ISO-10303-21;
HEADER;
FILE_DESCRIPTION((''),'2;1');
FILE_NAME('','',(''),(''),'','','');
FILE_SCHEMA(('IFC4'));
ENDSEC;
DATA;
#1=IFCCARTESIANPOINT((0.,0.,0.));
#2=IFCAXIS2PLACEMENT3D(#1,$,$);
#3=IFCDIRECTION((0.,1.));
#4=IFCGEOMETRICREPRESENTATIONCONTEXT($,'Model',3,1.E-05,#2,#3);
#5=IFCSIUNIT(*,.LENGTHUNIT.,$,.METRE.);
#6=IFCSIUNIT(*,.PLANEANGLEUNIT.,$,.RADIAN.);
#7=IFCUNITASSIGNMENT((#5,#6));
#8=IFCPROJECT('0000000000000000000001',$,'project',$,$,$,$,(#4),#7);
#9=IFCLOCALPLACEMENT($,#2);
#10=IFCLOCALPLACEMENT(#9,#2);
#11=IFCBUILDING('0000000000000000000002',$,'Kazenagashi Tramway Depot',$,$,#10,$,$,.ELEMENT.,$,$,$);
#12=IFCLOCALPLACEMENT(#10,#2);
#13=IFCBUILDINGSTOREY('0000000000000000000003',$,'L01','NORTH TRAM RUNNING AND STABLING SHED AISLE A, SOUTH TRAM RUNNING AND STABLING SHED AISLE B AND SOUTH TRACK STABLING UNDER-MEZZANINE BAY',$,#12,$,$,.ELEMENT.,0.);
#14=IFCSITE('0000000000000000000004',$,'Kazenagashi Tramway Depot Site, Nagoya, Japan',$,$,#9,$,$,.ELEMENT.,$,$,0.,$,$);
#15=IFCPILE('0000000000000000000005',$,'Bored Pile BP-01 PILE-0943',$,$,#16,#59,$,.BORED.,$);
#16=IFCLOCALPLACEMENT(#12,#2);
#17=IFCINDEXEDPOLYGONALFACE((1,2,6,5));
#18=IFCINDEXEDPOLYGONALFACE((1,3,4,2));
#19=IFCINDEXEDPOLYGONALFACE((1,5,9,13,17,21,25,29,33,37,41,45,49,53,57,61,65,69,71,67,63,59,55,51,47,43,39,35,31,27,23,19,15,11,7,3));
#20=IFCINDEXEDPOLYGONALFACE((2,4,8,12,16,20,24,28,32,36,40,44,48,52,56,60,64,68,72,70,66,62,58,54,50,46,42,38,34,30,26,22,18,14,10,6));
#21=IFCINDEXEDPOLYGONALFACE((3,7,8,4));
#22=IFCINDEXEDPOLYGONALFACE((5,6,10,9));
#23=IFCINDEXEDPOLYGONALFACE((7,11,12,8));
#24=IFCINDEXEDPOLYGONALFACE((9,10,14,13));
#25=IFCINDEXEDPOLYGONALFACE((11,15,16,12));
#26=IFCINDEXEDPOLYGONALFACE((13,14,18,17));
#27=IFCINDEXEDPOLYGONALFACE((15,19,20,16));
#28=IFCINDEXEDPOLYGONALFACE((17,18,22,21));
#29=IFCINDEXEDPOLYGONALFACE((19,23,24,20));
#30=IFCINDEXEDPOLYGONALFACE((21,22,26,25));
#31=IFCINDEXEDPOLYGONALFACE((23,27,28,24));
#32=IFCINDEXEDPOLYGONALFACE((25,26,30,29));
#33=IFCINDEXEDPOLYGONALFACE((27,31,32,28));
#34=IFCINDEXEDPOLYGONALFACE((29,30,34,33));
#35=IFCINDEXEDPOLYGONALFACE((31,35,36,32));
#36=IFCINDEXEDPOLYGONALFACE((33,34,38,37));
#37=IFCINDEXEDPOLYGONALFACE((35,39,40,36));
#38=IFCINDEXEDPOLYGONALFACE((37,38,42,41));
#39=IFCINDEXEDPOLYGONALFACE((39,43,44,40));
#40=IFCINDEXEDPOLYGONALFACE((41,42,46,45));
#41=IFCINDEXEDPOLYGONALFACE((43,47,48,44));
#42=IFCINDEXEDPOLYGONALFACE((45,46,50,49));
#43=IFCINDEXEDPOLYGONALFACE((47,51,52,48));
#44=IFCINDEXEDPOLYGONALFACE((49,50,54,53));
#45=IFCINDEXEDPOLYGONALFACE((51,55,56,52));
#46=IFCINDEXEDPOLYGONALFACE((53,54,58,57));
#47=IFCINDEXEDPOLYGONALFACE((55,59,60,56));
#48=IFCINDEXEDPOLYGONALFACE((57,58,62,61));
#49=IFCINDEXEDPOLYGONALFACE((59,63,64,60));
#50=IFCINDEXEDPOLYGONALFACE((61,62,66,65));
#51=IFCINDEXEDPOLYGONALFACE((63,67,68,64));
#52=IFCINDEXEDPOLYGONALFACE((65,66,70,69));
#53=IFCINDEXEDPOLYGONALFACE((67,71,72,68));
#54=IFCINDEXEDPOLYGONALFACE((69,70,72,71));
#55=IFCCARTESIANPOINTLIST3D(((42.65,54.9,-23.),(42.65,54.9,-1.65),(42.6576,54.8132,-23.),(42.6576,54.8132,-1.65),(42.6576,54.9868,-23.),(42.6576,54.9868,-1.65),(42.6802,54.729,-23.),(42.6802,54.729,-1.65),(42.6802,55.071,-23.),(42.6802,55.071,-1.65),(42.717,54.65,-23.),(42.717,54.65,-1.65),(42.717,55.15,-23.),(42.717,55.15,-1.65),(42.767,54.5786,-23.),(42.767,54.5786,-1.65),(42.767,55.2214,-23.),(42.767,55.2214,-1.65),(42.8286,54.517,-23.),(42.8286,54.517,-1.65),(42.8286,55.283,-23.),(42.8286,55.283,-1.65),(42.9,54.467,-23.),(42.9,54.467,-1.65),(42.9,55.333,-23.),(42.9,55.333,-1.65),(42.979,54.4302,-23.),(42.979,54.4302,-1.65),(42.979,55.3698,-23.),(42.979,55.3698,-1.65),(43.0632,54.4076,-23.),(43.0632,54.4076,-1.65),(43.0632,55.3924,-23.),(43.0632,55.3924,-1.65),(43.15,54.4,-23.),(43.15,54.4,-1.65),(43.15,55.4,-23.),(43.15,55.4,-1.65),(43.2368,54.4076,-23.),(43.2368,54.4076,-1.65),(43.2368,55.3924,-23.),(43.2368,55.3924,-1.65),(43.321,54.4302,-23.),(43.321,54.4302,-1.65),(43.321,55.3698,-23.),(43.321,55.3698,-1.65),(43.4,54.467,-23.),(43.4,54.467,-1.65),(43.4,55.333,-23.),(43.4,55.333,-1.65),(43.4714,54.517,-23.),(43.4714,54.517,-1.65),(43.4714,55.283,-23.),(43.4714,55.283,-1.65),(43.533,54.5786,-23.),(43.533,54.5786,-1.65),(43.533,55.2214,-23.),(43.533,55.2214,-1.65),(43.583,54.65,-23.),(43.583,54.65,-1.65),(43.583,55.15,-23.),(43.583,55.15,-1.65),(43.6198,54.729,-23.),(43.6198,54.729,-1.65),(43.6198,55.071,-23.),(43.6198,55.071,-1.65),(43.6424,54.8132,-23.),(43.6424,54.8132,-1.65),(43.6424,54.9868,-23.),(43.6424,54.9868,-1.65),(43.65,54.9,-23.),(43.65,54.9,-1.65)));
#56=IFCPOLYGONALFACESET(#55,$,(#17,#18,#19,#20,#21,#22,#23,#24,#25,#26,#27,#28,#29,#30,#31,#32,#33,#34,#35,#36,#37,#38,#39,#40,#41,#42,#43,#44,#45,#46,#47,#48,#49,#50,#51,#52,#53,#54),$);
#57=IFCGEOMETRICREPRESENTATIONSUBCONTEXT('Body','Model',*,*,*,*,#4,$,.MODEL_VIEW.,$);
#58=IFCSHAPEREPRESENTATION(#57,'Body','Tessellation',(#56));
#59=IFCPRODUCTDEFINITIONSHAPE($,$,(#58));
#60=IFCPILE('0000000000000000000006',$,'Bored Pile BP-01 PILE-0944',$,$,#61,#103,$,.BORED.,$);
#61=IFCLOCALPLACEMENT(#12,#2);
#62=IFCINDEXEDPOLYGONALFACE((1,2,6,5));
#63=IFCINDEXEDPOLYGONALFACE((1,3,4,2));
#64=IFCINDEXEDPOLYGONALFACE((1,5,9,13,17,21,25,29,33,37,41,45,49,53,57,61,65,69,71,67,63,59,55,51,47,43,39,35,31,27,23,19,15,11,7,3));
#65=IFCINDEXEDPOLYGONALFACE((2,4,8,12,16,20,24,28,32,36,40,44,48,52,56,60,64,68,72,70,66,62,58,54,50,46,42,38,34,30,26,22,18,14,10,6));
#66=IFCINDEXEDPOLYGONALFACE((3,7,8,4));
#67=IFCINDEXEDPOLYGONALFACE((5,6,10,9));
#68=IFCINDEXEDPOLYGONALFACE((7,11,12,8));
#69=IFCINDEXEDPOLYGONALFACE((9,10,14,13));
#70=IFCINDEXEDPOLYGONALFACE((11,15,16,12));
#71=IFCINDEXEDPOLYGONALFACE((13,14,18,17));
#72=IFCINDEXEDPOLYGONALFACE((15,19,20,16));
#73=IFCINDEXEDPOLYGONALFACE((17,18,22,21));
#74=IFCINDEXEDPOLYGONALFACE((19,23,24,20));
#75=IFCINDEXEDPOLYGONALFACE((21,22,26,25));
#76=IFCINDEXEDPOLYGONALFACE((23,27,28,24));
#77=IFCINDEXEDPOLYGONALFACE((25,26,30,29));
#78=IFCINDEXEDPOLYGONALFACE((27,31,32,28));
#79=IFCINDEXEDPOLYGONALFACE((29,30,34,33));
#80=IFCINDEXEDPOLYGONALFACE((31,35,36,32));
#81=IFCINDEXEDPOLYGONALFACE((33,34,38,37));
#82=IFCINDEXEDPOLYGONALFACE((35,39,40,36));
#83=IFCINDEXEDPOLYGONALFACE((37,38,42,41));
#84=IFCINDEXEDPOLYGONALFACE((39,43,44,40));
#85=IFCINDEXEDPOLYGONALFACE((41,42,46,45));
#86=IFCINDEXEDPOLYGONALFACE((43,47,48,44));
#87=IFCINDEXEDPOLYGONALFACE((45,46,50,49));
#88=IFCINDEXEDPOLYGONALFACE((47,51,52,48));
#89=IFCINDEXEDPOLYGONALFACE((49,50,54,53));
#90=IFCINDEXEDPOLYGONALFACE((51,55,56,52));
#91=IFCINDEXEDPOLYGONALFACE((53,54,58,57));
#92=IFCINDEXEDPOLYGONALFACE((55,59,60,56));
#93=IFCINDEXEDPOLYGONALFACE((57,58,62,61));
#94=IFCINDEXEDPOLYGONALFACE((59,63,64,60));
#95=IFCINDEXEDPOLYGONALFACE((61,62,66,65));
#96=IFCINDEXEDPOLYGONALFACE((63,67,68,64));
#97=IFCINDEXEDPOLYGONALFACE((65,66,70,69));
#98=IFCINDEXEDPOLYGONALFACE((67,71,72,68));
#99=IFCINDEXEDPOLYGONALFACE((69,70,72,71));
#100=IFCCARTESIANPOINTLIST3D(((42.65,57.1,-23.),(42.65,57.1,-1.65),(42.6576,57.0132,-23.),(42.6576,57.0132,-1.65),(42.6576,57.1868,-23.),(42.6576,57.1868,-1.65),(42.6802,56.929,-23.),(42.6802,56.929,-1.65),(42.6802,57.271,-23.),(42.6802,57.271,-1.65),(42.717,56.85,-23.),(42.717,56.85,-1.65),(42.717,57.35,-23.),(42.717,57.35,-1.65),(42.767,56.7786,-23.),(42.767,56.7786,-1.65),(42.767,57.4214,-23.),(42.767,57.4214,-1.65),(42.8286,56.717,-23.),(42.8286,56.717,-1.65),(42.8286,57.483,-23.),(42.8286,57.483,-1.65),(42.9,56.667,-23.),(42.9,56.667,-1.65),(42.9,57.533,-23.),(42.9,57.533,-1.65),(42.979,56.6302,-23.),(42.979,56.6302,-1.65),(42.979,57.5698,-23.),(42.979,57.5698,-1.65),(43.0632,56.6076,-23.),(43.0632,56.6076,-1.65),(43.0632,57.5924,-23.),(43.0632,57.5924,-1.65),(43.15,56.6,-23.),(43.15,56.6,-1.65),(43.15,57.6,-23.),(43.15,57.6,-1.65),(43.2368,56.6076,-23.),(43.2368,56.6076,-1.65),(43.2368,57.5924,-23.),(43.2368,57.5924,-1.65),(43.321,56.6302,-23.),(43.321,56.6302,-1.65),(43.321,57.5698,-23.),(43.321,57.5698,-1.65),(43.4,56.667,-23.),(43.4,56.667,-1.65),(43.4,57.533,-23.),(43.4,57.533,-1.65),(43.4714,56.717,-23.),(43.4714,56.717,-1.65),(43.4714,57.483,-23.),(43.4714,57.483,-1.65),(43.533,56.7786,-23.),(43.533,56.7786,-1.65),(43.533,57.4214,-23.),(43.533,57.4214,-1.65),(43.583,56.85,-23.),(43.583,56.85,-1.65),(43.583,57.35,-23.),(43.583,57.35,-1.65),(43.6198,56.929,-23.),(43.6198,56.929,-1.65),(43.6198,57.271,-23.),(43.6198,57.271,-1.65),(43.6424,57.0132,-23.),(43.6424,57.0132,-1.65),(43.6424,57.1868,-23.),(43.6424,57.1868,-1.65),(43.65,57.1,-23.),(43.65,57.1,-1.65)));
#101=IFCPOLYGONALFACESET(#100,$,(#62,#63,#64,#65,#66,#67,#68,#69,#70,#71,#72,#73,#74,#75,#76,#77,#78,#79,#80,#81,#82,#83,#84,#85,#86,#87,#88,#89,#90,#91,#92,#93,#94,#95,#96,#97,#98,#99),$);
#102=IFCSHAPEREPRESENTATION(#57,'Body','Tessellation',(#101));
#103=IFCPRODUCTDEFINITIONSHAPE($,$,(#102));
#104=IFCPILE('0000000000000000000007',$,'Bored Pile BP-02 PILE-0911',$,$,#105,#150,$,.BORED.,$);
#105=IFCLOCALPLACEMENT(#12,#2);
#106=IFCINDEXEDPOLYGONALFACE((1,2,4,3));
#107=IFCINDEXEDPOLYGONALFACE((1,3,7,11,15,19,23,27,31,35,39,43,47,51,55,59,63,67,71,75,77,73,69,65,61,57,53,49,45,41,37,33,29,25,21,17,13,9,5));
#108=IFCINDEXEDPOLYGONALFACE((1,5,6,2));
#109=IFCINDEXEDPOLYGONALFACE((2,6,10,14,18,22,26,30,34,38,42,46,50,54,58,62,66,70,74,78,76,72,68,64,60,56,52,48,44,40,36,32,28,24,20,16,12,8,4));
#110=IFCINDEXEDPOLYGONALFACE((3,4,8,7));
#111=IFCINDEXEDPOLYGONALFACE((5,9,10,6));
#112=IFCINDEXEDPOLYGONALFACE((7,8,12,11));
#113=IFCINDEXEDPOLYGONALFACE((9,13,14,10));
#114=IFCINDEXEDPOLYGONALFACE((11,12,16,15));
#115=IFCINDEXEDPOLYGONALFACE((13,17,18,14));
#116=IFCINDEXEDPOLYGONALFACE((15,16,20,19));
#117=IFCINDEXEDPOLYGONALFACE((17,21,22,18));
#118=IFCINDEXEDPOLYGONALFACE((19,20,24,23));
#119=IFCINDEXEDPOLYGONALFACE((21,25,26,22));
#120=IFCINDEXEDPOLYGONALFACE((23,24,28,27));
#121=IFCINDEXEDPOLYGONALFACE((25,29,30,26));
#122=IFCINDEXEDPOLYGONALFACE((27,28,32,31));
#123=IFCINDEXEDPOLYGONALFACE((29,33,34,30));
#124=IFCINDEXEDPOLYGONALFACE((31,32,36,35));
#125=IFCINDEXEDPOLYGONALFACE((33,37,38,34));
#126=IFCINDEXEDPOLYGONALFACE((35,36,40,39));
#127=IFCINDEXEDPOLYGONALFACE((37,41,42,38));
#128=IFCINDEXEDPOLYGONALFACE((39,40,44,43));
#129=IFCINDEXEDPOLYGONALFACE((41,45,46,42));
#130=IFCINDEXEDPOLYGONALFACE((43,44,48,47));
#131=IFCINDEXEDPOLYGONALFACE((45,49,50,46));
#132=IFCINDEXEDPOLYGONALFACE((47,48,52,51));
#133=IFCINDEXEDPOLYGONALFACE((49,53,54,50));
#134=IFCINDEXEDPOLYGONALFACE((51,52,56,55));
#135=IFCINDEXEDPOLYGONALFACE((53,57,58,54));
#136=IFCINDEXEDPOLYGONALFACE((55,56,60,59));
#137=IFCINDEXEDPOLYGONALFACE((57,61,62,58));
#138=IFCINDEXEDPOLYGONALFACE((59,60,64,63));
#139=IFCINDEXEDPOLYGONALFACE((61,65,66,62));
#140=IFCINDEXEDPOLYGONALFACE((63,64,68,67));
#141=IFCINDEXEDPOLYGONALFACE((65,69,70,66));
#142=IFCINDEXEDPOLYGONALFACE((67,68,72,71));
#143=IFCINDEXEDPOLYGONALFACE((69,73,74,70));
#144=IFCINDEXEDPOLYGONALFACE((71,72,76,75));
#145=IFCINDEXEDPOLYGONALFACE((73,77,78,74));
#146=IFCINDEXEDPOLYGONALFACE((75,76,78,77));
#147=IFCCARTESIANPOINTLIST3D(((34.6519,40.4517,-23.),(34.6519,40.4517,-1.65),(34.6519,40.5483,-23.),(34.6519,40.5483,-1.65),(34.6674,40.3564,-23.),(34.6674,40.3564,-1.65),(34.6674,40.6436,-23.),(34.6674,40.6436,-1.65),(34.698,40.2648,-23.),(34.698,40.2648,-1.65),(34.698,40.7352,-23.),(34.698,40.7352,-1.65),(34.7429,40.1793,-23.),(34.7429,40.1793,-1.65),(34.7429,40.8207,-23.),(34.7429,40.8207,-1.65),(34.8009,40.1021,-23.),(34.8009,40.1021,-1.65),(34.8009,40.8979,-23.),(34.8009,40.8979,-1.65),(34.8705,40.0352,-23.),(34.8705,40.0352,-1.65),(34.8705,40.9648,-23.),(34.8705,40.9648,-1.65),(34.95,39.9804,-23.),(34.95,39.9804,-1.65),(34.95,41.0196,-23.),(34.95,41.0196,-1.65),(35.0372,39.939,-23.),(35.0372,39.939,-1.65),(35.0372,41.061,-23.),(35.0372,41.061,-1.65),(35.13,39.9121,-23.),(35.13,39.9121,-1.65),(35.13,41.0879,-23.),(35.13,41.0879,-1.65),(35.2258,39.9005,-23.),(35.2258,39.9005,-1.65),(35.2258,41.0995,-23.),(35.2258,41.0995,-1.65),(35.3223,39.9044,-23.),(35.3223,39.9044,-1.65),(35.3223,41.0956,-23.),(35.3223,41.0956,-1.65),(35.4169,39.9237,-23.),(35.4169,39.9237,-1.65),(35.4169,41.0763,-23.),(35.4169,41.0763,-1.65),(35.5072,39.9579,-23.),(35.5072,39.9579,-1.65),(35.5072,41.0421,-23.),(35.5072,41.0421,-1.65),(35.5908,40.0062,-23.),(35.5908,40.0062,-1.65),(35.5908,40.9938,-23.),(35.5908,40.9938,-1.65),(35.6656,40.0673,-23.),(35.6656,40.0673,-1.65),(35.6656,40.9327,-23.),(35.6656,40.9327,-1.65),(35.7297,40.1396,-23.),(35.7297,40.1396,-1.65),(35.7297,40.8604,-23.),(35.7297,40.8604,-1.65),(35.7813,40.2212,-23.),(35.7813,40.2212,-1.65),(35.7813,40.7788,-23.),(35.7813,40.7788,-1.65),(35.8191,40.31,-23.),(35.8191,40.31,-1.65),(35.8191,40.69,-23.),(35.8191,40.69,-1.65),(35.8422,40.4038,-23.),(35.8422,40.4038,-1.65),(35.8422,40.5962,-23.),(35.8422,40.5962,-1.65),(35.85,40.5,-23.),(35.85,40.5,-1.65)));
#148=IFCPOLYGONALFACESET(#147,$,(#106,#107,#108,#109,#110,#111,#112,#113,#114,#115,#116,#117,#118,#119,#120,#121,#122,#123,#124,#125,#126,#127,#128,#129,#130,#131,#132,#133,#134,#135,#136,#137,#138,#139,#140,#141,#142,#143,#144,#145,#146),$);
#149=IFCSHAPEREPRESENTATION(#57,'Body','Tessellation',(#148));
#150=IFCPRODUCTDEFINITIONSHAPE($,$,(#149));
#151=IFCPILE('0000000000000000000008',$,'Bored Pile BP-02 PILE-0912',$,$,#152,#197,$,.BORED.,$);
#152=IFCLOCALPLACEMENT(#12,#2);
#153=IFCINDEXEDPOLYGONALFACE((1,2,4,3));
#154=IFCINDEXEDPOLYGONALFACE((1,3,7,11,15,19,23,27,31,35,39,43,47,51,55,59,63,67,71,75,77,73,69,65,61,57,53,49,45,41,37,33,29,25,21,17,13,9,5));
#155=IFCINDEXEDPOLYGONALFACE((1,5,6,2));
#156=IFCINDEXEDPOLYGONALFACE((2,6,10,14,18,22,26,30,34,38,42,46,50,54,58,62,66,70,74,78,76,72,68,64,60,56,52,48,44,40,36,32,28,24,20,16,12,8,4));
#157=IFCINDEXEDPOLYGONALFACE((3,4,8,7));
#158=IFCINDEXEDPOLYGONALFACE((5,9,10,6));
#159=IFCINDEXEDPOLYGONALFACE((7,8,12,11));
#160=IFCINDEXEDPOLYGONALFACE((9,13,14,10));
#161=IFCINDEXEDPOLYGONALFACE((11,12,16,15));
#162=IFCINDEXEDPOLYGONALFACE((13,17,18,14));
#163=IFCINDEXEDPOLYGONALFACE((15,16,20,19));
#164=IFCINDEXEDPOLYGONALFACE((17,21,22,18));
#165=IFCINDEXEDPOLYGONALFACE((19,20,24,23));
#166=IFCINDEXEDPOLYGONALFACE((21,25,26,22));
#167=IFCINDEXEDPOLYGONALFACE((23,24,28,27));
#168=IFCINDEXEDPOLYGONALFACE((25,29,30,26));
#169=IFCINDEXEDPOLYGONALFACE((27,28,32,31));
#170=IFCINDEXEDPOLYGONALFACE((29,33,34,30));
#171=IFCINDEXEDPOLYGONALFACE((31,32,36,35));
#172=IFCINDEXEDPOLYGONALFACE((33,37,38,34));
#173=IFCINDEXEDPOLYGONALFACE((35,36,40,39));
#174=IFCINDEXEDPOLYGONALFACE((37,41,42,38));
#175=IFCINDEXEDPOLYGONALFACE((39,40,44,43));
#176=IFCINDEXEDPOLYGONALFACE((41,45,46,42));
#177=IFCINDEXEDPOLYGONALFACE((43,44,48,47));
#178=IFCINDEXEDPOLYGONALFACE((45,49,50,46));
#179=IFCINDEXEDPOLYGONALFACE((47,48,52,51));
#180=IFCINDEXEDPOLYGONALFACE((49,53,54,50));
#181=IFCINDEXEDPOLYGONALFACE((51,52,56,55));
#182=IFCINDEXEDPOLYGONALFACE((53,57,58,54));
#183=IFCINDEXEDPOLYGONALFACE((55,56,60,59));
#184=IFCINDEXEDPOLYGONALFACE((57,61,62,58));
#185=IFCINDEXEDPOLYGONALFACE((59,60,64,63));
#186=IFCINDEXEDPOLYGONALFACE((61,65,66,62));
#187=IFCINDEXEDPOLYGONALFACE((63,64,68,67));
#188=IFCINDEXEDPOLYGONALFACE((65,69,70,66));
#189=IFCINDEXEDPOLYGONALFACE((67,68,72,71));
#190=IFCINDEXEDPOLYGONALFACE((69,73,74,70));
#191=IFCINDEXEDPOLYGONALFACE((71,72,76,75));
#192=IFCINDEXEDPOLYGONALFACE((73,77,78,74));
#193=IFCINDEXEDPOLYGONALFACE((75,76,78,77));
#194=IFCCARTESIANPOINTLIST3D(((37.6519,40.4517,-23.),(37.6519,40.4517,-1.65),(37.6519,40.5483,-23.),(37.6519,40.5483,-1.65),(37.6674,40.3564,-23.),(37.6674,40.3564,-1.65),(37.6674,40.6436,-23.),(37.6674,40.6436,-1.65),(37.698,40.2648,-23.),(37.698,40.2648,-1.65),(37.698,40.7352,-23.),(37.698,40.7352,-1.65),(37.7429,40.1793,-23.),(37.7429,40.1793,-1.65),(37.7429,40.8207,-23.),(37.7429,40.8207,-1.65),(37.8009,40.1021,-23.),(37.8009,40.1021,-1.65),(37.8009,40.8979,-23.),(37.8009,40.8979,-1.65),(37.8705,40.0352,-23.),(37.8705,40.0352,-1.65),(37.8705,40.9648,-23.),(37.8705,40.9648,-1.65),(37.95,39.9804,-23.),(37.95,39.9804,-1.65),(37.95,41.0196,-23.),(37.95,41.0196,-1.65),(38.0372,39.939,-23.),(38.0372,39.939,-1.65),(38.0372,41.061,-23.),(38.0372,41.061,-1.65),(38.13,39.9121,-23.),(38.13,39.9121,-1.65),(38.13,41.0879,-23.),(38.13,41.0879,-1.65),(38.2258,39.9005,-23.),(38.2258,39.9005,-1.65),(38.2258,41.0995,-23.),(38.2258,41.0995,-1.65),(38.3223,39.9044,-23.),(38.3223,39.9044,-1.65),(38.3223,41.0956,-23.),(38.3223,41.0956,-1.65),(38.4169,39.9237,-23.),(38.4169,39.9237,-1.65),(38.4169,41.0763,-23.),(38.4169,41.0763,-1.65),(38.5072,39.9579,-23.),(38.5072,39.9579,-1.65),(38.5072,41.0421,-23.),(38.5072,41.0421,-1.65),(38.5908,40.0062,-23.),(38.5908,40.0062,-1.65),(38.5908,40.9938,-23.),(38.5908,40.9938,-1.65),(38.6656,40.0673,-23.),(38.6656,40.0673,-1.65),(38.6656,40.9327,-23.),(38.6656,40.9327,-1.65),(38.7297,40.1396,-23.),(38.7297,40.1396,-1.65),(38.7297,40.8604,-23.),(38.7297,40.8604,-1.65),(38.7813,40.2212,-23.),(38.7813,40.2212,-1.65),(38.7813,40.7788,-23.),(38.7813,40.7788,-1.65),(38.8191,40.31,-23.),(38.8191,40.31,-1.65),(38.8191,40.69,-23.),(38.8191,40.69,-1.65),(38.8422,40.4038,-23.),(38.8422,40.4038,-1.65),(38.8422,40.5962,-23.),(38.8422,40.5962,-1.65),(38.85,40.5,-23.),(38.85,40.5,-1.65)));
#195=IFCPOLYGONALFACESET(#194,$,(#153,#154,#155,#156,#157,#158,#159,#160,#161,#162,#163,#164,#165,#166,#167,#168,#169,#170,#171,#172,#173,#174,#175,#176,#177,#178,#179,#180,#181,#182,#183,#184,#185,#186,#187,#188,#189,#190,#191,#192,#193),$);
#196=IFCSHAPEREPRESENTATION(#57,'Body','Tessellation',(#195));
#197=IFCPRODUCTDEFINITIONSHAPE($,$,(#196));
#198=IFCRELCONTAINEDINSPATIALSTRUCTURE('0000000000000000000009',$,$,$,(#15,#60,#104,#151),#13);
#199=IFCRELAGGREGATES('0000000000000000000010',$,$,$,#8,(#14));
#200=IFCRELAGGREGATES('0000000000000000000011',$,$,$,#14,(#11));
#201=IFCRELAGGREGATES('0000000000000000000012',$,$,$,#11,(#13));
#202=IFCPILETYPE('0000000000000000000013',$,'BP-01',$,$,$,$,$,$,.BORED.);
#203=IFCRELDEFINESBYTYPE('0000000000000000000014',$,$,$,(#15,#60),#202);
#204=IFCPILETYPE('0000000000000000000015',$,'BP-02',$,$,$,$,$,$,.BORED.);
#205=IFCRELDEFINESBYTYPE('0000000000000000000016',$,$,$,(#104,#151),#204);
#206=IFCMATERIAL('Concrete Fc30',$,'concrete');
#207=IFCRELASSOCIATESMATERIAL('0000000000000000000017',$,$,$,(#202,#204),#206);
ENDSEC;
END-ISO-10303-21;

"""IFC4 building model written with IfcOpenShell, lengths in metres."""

from ifc_helpers import new_model, si_unit, direction, frame, origin, origin_2d, place, context, subcontext, project, spatial, circle, extrude, material, material_profile, profile_set, type_object, element, save


model = new_model("IFC4")

# Units and contexts
model_context = context("Model", 3, precision=1e-05, world=origin(), true_north=direction((0.0, 1.0)))
body_context = subcontext(model_context, "Body", "Model", "MODEL_VIEW")
ifc_project = project(units=[si_unit("LENGTHUNIT", "METRE"), si_unit("PLANEANGLEUNIT", "RADIAN")], contexts=[model_context])

# Site, building, storey
site_placement = place(None, origin())
site = spatial("IfcSite", under=ifc_project, at=site_placement, Name="Kazenagashi Tramway Depot Site, Nagoya, Japan", CompositionType="ELEMENT", RefElevation=0.0)
building_placement = place(site_placement, origin())
building = spatial("IfcBuilding", under=site, at=building_placement, Name="Kazenagashi Tramway Depot", CompositionType="ELEMENT")
storey_placement = place(building_placement, origin())
storey = spatial("IfcBuildingStorey", under=building, at=storey_placement, Name="L01", Description="NORTH TRAM RUNNING AND STABLING SHED AISLE A, SOUTH TRAM RUNNING AND STABLING SHED AISLE B AND SOUTH TRACK STABLING UNDER-MEZZANINE BAY", CompositionType="ELEMENT", Elevation=0.0)

# Piles
ifc_material_1 = material(Name="Concrete Fc30", Category="concrete")
ifc_material_profile_1 = material_profile(ifc_material_1, circle(Radius=0.5, at=origin_2d()), Name="PILE-1000")
ifc_profile_set_1 = profile_set([ifc_material_profile_1], Name="Concrete Fc30")
pile_type_1 = type_object("IfcPileType", Name="BP-01", PredefinedType="BORED", material=ifc_profile_set_1)
for number, where, z_axis, x_axis, name in (
    (1, (43.15, 54.9, -1.65), (0.0, 0.0, -1.0), (1.0, 0.0, 0.0), "Bored Pile BP-01 PILE-0943"),
    (2, (43.15, 57.1, -1.65), (0.0, 0.0, -1.0), (1.0, 0.0, 0.0), "Bored Pile BP-01 PILE-0944"),
):
    element("IfcPile", number, at=place(storey_placement, frame(where, z_axis=z_axis, x_axis=x_axis)), inside=storey, type_object=pile_type_1, Name=name, PredefinedType="BORED", context=body_context, shape_type="SweptSolid", body=[
        extrude(circle(Radius=0.5, at=origin_2d()), origin(), (0.0, 0.0, 1.0), 21.35),
    ])
ifc_material_profile_2 = material_profile(ifc_material_1, circle(Radius=0.6, at=origin_2d()), Name="PILE-1200")
ifc_profile_set_2 = profile_set([ifc_material_profile_2], Name="Concrete Fc30")
pile_type_2 = type_object("IfcPileType", Name="BP-02", PredefinedType="BORED", material=ifc_profile_set_2)
for number, where, z_axis, x_axis, name in (
    (3, (35.25, 40.5, -1.65), (0.0, 0.0, -1.0), (1.0, 0.0, 0.0), "Bored Pile BP-02 PILE-0911"),
    (4, (38.25, 40.5, -1.65), (0.0, 0.0, -1.0), (1.0, 0.0, 0.0), "Bored Pile BP-02 PILE-0912"),
):
    element("IfcPile", number, at=place(storey_placement, frame(where, z_axis=z_axis, x_axis=x_axis)), inside=storey, type_object=pile_type_2, Name=name, PredefinedType="BORED", context=body_context, shape_type="SweptSolid", body=[
        extrude(circle(Radius=0.6, at=origin_2d()), origin(), (0.0, 0.0, 1.0), 21.35),
    ])

save(model, "model.ifc")
